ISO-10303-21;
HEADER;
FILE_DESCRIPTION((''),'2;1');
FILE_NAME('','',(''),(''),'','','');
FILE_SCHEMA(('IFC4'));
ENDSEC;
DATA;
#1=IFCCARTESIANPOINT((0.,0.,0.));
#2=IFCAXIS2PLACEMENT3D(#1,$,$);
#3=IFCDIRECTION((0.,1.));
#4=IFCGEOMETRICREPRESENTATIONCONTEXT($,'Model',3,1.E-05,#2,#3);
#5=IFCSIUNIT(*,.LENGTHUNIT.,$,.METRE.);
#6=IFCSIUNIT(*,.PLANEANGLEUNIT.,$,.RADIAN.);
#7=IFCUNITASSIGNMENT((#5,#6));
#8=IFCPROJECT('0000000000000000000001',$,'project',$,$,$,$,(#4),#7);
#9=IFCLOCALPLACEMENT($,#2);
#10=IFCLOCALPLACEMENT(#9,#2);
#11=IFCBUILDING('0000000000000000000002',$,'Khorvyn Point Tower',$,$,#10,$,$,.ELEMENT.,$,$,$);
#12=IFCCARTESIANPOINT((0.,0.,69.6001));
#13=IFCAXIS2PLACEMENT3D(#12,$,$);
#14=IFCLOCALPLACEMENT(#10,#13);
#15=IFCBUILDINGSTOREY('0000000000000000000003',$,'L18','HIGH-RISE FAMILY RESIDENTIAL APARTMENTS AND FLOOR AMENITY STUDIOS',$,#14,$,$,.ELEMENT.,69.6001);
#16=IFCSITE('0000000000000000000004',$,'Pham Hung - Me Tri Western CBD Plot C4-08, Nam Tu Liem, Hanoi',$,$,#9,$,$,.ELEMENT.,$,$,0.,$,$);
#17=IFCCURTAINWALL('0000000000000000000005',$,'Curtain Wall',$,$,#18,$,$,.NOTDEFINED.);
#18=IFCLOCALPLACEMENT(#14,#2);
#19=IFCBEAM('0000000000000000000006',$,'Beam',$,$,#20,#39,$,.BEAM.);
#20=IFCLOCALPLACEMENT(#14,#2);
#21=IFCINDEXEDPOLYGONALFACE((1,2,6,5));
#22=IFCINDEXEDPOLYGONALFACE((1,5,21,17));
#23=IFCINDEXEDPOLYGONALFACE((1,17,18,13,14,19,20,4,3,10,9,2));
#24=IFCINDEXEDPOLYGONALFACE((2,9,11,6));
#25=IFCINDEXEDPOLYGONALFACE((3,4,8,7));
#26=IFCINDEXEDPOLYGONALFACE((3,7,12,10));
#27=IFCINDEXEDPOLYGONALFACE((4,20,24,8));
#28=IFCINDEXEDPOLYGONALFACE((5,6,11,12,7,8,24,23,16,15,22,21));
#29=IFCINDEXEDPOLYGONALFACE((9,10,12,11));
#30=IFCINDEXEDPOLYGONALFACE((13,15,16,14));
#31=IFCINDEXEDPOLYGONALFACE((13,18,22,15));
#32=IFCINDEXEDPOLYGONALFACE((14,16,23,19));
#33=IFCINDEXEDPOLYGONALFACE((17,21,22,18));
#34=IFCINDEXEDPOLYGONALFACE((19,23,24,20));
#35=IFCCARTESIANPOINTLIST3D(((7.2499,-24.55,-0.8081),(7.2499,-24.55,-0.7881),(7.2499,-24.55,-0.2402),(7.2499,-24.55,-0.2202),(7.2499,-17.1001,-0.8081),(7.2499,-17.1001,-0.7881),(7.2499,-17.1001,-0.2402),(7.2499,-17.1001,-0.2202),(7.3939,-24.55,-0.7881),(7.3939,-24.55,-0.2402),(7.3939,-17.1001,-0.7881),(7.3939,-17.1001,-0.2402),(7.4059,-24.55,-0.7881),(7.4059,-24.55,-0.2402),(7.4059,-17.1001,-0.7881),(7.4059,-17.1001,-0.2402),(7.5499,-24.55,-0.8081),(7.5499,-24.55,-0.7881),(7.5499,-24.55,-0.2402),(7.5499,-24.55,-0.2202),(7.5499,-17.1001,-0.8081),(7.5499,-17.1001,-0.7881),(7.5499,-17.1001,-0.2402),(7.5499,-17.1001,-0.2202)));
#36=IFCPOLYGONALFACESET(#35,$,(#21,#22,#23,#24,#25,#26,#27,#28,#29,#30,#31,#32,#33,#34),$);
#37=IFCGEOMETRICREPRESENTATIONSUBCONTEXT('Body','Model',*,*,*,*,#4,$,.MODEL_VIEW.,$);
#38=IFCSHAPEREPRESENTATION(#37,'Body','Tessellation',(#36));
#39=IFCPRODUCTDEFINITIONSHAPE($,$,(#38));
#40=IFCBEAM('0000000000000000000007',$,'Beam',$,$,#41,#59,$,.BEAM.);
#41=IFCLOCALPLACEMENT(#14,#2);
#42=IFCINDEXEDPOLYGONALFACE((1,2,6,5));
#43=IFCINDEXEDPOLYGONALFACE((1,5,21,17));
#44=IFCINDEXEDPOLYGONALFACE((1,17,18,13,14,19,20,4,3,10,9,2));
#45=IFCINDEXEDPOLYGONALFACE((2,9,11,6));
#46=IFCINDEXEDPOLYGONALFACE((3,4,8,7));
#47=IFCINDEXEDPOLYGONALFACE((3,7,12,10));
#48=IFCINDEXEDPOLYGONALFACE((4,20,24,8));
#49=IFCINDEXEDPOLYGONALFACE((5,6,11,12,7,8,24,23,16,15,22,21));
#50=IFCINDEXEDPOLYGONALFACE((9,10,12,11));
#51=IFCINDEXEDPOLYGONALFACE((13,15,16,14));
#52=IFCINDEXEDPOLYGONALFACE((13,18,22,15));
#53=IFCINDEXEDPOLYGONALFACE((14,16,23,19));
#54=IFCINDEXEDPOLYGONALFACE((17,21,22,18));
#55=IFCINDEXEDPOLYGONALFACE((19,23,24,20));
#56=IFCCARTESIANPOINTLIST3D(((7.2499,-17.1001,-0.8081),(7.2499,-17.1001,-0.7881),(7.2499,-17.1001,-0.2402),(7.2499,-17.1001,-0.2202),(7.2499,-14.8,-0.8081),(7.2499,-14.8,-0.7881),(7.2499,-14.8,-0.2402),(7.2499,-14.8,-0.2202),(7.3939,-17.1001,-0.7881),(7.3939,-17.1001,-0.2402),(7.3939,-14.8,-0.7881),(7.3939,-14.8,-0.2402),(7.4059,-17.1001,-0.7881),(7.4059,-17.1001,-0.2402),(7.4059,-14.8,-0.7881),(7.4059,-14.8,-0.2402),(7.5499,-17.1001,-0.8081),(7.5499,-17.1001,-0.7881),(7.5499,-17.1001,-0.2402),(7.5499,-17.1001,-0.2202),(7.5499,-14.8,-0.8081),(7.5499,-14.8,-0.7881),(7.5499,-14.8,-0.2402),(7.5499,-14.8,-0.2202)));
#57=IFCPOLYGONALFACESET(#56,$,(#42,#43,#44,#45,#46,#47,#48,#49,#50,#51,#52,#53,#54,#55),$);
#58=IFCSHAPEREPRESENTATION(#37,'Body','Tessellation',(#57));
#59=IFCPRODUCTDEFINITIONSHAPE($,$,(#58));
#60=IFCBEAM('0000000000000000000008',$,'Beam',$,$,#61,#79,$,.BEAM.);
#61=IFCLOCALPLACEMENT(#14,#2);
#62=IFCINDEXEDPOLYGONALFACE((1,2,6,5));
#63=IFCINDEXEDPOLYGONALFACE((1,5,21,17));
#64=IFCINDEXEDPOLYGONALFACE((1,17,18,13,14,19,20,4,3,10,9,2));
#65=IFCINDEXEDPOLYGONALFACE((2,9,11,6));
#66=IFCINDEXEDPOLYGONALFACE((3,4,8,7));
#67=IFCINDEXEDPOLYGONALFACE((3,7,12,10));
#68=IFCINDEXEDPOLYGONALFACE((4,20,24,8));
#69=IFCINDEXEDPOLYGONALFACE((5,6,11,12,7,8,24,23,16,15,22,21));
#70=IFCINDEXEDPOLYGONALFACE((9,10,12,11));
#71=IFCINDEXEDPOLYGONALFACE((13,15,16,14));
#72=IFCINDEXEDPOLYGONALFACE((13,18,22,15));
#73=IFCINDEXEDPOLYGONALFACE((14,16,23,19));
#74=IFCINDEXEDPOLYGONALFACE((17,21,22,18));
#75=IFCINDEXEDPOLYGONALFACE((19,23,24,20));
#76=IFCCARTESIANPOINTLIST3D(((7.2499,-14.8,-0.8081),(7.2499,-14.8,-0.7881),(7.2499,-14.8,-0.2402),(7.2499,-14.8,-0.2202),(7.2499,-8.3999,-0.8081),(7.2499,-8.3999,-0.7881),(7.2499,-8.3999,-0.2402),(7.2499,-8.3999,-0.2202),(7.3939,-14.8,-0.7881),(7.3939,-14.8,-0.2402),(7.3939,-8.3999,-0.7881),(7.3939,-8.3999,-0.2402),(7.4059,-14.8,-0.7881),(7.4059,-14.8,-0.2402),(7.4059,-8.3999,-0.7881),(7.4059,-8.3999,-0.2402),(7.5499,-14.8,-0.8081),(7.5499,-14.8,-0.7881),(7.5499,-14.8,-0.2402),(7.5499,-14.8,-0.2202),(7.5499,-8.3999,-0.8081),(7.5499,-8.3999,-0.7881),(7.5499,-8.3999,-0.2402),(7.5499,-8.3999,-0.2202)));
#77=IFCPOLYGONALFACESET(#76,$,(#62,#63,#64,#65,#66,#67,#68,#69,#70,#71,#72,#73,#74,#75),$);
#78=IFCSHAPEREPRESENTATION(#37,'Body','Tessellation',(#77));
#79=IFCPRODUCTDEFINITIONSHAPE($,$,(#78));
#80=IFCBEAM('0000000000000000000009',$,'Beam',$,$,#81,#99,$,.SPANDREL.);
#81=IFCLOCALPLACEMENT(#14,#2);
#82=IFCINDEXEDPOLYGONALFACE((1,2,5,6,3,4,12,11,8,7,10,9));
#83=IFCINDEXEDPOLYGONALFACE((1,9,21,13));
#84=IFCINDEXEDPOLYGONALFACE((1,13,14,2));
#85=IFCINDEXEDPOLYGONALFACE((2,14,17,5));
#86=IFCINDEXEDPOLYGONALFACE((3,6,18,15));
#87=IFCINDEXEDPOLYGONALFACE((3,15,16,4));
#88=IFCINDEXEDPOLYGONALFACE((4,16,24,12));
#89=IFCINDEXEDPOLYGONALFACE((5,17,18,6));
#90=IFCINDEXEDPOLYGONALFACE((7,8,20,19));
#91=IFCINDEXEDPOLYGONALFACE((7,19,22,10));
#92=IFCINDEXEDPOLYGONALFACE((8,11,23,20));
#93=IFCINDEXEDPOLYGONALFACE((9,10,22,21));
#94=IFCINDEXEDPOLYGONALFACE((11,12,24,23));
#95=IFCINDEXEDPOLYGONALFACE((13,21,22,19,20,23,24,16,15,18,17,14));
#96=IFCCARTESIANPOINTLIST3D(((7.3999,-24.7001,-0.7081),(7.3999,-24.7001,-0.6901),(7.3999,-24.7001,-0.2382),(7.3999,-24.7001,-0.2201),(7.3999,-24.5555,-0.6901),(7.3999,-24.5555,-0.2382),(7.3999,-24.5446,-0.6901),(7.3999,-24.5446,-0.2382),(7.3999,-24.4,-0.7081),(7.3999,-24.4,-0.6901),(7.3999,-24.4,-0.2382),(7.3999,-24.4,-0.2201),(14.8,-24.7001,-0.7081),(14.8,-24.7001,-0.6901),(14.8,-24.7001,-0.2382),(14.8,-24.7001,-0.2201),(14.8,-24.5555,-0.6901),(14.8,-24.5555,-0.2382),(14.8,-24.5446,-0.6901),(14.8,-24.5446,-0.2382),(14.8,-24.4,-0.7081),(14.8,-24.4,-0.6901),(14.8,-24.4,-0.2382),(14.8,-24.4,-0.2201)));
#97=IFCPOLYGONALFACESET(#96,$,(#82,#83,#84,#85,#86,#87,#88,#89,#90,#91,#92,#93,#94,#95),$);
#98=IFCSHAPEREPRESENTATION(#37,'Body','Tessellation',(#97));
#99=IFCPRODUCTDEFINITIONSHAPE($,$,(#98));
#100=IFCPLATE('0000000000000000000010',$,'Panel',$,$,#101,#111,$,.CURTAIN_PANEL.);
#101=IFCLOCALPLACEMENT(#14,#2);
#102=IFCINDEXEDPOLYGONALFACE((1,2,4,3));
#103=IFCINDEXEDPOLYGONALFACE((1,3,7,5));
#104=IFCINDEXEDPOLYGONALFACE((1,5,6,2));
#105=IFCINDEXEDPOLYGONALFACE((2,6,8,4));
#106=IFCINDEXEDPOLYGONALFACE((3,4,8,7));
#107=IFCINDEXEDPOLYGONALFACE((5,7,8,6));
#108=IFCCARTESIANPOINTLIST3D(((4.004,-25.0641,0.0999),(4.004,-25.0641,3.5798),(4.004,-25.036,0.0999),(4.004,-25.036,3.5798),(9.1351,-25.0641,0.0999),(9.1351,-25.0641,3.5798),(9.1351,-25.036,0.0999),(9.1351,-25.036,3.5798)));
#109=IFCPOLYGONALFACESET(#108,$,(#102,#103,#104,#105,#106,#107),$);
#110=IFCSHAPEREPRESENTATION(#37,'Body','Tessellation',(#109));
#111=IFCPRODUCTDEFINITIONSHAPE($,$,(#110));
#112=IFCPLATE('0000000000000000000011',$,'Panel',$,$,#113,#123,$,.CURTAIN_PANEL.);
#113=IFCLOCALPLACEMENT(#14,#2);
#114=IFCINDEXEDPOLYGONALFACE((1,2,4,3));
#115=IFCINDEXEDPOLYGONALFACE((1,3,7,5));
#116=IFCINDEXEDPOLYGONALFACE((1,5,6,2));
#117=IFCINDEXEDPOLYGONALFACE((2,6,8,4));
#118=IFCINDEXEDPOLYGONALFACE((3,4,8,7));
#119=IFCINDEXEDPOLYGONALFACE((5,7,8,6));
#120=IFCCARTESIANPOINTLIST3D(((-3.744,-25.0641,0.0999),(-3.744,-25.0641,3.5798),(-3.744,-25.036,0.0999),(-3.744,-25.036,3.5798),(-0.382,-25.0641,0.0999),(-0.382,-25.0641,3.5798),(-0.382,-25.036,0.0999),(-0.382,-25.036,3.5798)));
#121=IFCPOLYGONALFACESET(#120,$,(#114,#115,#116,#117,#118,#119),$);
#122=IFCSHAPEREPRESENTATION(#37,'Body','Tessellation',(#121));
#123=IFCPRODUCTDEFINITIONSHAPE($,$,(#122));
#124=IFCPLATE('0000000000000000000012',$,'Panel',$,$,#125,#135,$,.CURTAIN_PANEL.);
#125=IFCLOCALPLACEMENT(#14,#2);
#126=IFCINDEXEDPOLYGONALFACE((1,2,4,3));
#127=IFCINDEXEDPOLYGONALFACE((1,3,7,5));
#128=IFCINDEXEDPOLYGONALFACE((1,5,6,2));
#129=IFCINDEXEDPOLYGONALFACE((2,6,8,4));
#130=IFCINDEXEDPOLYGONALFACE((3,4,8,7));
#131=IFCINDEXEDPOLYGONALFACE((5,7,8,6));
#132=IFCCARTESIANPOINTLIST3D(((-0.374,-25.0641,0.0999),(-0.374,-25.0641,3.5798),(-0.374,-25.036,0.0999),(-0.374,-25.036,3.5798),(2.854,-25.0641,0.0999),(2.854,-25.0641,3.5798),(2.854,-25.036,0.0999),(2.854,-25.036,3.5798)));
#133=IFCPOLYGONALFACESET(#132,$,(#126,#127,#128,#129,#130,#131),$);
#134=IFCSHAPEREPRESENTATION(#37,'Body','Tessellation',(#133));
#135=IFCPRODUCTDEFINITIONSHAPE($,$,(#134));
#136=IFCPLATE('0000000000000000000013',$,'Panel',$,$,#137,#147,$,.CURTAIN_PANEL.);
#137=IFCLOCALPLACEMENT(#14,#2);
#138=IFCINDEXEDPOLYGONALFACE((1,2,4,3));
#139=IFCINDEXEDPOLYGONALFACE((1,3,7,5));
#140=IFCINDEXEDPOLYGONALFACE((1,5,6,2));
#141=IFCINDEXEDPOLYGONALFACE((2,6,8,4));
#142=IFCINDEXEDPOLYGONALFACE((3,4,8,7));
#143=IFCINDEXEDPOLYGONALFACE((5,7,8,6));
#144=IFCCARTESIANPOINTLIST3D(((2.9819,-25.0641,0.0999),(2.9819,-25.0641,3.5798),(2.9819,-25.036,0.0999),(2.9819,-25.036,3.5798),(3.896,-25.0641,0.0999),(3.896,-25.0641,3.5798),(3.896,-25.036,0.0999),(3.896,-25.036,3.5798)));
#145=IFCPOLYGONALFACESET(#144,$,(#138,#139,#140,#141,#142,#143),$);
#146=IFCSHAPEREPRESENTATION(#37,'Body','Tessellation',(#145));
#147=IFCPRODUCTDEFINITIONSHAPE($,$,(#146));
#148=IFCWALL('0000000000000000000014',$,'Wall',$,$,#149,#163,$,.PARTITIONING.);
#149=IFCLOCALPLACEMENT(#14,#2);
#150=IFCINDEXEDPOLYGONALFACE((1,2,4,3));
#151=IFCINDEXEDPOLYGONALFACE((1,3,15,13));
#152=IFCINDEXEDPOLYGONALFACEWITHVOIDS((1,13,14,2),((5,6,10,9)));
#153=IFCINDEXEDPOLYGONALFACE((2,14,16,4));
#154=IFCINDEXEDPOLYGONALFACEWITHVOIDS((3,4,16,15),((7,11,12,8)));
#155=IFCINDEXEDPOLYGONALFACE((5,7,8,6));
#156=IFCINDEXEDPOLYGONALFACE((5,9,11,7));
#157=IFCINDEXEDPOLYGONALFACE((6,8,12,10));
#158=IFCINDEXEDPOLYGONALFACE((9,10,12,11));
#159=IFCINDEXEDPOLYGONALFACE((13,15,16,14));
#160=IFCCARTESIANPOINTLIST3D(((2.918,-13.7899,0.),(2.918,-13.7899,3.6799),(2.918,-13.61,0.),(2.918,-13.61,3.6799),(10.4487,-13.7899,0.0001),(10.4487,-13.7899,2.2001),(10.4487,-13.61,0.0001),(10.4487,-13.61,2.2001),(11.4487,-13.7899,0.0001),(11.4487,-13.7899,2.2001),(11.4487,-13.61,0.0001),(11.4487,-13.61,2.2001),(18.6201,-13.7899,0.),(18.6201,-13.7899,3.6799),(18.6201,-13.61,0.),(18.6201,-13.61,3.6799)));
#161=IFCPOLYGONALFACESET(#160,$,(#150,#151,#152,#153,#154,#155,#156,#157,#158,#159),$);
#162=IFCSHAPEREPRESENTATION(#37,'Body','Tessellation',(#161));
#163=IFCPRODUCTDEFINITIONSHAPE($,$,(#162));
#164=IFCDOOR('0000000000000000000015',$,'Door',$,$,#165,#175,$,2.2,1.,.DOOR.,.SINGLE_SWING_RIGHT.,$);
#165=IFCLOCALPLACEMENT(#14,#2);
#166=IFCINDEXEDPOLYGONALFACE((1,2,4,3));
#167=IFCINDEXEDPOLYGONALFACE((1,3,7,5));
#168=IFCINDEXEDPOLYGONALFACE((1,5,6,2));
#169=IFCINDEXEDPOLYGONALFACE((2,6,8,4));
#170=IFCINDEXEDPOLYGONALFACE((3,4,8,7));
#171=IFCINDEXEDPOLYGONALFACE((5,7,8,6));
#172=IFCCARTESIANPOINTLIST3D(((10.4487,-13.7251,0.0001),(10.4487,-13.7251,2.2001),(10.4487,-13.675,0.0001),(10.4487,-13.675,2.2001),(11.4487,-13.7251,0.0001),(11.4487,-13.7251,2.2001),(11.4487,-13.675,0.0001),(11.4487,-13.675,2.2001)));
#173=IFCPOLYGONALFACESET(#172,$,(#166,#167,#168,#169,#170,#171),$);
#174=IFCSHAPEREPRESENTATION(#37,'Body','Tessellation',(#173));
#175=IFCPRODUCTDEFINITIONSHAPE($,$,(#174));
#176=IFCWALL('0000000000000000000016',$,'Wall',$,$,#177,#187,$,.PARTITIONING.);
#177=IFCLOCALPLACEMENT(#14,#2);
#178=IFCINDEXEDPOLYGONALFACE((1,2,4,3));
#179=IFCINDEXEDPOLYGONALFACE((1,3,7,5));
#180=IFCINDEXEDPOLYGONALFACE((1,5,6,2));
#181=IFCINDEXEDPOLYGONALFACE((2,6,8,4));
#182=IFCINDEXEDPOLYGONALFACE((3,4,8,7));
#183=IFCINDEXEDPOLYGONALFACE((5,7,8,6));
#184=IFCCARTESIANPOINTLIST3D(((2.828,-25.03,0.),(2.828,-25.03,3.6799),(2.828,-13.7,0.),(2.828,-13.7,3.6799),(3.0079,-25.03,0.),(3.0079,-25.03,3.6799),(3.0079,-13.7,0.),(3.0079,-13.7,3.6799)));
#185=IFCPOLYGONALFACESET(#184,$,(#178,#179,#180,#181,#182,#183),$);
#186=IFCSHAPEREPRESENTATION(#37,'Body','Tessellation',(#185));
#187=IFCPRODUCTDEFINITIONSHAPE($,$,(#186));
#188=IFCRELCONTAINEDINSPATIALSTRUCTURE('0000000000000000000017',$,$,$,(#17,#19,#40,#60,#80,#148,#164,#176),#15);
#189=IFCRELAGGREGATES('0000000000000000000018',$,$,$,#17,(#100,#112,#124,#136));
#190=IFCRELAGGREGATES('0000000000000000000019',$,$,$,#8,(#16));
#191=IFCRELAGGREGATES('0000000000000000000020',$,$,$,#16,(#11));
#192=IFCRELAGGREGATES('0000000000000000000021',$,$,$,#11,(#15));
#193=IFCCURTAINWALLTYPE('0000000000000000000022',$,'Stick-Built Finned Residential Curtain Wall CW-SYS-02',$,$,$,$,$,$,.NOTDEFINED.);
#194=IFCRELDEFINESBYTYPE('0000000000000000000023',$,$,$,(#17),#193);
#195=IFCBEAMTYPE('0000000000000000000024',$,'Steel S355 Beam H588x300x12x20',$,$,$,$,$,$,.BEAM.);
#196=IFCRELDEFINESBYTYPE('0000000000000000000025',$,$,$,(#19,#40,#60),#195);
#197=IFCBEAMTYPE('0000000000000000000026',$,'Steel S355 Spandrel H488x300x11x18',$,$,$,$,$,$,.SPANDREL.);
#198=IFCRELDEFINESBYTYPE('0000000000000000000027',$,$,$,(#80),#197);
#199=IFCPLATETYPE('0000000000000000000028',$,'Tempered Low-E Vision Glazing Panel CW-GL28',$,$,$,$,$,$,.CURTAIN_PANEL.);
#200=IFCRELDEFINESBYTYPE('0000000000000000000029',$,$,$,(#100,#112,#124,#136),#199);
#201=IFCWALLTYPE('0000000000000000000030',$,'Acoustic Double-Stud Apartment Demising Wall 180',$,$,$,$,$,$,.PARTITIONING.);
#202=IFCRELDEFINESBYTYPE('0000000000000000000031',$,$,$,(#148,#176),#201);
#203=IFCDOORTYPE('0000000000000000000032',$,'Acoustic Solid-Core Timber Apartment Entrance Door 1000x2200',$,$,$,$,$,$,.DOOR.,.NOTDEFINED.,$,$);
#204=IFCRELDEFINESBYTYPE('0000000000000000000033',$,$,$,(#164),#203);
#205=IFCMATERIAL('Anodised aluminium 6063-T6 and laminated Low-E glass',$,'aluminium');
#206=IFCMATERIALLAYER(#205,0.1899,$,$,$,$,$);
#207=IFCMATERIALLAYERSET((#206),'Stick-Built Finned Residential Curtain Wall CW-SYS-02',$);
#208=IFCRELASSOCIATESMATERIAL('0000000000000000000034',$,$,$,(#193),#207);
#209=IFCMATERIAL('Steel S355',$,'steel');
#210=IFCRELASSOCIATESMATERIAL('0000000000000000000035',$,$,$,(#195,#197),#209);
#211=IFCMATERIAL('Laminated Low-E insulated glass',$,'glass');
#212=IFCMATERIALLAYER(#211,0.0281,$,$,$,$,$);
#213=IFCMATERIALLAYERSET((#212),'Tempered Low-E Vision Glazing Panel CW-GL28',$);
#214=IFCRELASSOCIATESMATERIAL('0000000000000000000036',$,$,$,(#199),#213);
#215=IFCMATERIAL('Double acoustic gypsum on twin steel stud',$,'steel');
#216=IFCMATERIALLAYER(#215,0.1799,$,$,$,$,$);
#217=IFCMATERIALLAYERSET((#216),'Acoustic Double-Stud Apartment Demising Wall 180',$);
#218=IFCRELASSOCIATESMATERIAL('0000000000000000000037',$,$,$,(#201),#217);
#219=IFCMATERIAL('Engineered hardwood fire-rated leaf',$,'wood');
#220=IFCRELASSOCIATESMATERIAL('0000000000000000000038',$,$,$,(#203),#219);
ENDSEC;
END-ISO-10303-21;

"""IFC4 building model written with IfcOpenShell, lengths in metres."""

from ifc_helpers import new_model, si_unit, direction, frame, frame_2d, origin, origin_2d, place, context, subcontext, project, spatial, rectangle, i_section, extrude, material, layer, layer_set, material_profile, profile_set, type_object, element, fill, aggregate, save


model = new_model("IFC4")

# Units and contexts
model_context = context("Model", 3, precision=1e-05, world=origin(), true_north=direction((0.0, 1.0)))
body_context = subcontext(model_context, "Body", "Model", "MODEL_VIEW")
ifc_project = project(units=[si_unit("LENGTHUNIT", "METRE"), si_unit("PLANEANGLEUNIT", "RADIAN")], contexts=[model_context])

# Site, building, storey
site_placement = place(None, origin())
site = spatial("IfcSite", under=ifc_project, at=site_placement, Name="Pham Hung - Me Tri Western CBD Plot C4-08, Nam Tu Liem, Hanoi", CompositionType="ELEMENT", RefElevation=0.0)
building_placement = place(site_placement, origin())
building = spatial("IfcBuilding", under=site, at=building_placement, Name="Khorvyn Point Tower", CompositionType="ELEMENT")
storey_placement = place(building_placement, frame((0.0, 0.0, 69.6001)))
storey = spatial("IfcBuildingStorey", under=building, at=storey_placement, Name="L18", Description="HIGH-RISE FAMILY RESIDENTIAL APARTMENTS AND FLOOR AMENITY STUDIOS", CompositionType="ELEMENT", Elevation=69.6001)

# Curtain wall
ifc_material_1 = material(Name="Anodised aluminium 6063-T6 and laminated Low-E glass", Category="aluminium")
ifc_layer_1 = layer(ifc_material_1, 0.1899)
ifc_layer_set_1 = layer_set([ifc_layer_1], Name="Stick-Built Finned Residential Curtain Wall CW-SYS-02")
curtain_wall_type = type_object("IfcCurtainWallType", Name="Stick-Built Finned Residential Curtain Wall CW-SYS-02", PredefinedType="NOTDEFINED", material=ifc_layer_set_1)
curtain_wall_placement = place(storey_placement, origin())
curtain_wall = element("IfcCurtainWall", 1, at=curtain_wall_placement, inside=storey, type_object=curtain_wall_type, Name="Curtain Wall", PredefinedType="NOTDEFINED")

# Beams
ifc_material_2 = material(Name="Steel S355", Category="steel")
ifc_material_profile_1 = material_profile(ifc_material_2, i_section(OverallWidth=0.3, OverallDepth=0.5879, WebThickness=0.012, FlangeThickness=0.02, at=origin_2d()))
ifc_profile_set_1 = profile_set([ifc_material_profile_1], Name="Steel S355 H588x300x12x20")
beam_type_1 = type_object("IfcBeamType", Name="Steel S355 Beam H588x300x12x20", PredefinedType="BEAM", material=ifc_profile_set_1)
beam_1_placement = place(storey_placement, frame((7.3999, -24.55, -0.5142), z_axis=(0.0, 1.0, 0.0), x_axis=(-1.0, 0.0, 0.0)))
element("IfcBeam", 2, at=beam_1_placement, inside=storey, type_object=beam_type_1, Name="Beam", PredefinedType="BEAM", context=body_context, shape_type="SweptSolid", body=[
    extrude(i_section(OverallWidth=0.3, OverallDepth=0.5879, WebThickness=0.012, FlangeThickness=0.02, at=origin_2d()), origin(), (0.0, 0.0, 1.0), 7.45),
])
beam_2_placement = place(storey_placement, frame((7.3999, -17.1001, -0.5142), z_axis=(0.0, 1.0, 0.0), x_axis=(-1.0, 0.0, 0.0)))
element("IfcBeam", 3, at=beam_2_placement, inside=storey, type_object=beam_type_1, Name="Beam", PredefinedType="BEAM", context=body_context, shape_type="SweptSolid", body=[
    extrude(i_section(OverallWidth=0.3, OverallDepth=0.5879, WebThickness=0.012, FlangeThickness=0.02, at=origin_2d()), origin(), (0.0, 0.0, 1.0), 2.3),
])
beam_3_placement = place(storey_placement, frame((7.3999, -14.8, -0.5142), z_axis=(0.0, 1.0, 0.0), x_axis=(-1.0, 0.0, 0.0)))
element("IfcBeam", 4, at=beam_3_placement, inside=storey, type_object=beam_type_1, Name="Beam", PredefinedType="BEAM", context=body_context, shape_type="SweptSolid", body=[
    extrude(i_section(OverallWidth=0.3, OverallDepth=0.5879, WebThickness=0.012, FlangeThickness=0.02, at=origin_2d()), origin(), (0.0, 0.0, 1.0), 6.4001),
])
ifc_material_profile_2 = material_profile(ifc_material_2, i_section(OverallWidth=0.3, OverallDepth=0.488, WebThickness=0.011, FlangeThickness=0.0181, at=origin_2d()))
ifc_profile_set_2 = profile_set([ifc_material_profile_2], Name="Steel S355 H488x300x11x18")
beam_type_2 = type_object("IfcBeamType", Name="Steel S355 Spandrel H488x300x11x18", PredefinedType="SPANDREL", material=ifc_profile_set_2)
beam_4_placement = place(storey_placement, frame((7.3999, -24.55, -0.4641), z_axis=(1.0, 0.0, 0.0), x_axis=(0.0, 1.0, 0.0)))
element("IfcBeam", 5, at=beam_4_placement, inside=storey, type_object=beam_type_2, Name="Beam", PredefinedType="SPANDREL", context=body_context, shape_type="SweptSolid", body=[
    extrude(i_section(OverallWidth=0.3, OverallDepth=0.488, WebThickness=0.011, FlangeThickness=0.0181, at=origin_2d()), origin(), (0.0, 0.0, 1.0), 7.4001),
])

# Plates
ifc_material_3 = material(Name="Laminated Low-E insulated glass", Category="glass")
ifc_layer_2 = layer(ifc_material_3, 0.0281)
ifc_layer_set_2 = layer_set([ifc_layer_2], Name="Tempered Low-E Vision Glazing Panel CW-GL28")
plate_type = type_object("IfcPlateType", Name="Tempered Low-E Vision Glazing Panel CW-GL28", PredefinedType="CURTAIN_PANEL", material=ifc_layer_set_2)
plate_1_placement = place(storey_placement, frame((6.5696, -25.05, 0.0999), z_axis=(0.0, 0.0, 1.0), x_axis=(-1.0, 0.0, 0.0)))
plate_1 = element("IfcPlate", 6, at=plate_1_placement, type_object=plate_type, Name="Panel", PredefinedType="CURTAIN_PANEL", context=body_context, shape_type="SweptSolid", body=[
    extrude(rectangle(XDim=5.1311, YDim=0.0281, at=origin_2d()), origin(), (0.0, 0.0, 1.0), 3.48),
])
plate_2_placement = place(storey_placement, frame((-2.063, -25.05, 0.0999), z_axis=(0.0, 0.0, 1.0), x_axis=(-1.0, 0.0, 0.0)))
plate_2 = element("IfcPlate", 7, at=plate_2_placement, type_object=plate_type, Name="Panel", PredefinedType="CURTAIN_PANEL", context=body_context, shape_type="SweptSolid", body=[
    extrude(rectangle(XDim=3.3621, YDim=0.0281, at=origin_2d()), origin(), (0.0, 0.0, 1.0), 3.48),
])
plate_3_placement = place(storey_placement, frame((1.24, -25.05, 0.0999), z_axis=(0.0, 0.0, 1.0), x_axis=(-1.0, 0.0, 0.0)))
plate_3 = element("IfcPlate", 8, at=plate_3_placement, type_object=plate_type, Name="Panel", PredefinedType="CURTAIN_PANEL", context=body_context, shape_type="SweptSolid", body=[
    extrude(rectangle(XDim=3.228, YDim=0.0281, at=origin_2d()), origin(), (0.0, 0.0, 1.0), 3.48),
])
plate_4_placement = place(storey_placement, frame((3.439, -25.05, 0.0999), z_axis=(0.0, 0.0, 1.0), x_axis=(-1.0, 0.0, 0.0)))
plate_4 = element("IfcPlate", 9, at=plate_4_placement, type_object=plate_type, Name="Panel", PredefinedType="CURTAIN_PANEL", context=body_context, shape_type="SweptSolid", body=[
    extrude(rectangle(XDim=0.9141, YDim=0.0281, at=origin_2d()), origin(), (0.0, 0.0, 1.0), 3.48),
])
aggregate(curtain_wall, [plate_1, plate_2, plate_3, plate_4])

# Wall, opening, door
ifc_material_4 = material(Name="Double acoustic gypsum on twin steel stud", Category="steel")
ifc_layer_3 = layer(ifc_material_4, 0.1799)
ifc_layer_set_3 = layer_set([ifc_layer_3], Name="Acoustic Double-Stud Apartment Demising Wall 180")
wall_type_1 = type_object("IfcWallType", Name="Acoustic Double-Stud Apartment Demising Wall 180", PredefinedType="PARTITIONING", material=ifc_layer_set_3)
wall_1_placement = place(storey_placement, frame((2.918, -13.7, 0.0), z_axis=(0.0, 0.0, 1.0), x_axis=(1.0, 0.0, 0.0)))
wall_1 = element("IfcWall", 10, at=wall_1_placement, inside=storey, type_object=wall_type_1, Name="Wall", PredefinedType="PARTITIONING", context=body_context, shape_type="SweptSolid", body=[
    extrude(rectangle(XDim=15.7021, YDim=0.1799, at=frame_2d((7.8511, 0.0))), origin(), (0.0, 0.0, 1.0), 3.6799),
])
opening_1_placement = place(wall_1_placement, frame((7.5308, 0.0, 0.0)))
opening_1 = element("IfcOpeningElement", 11, at=opening_1_placement, cuts=wall_1, PredefinedType="OPENING", context=body_context, shape_type="SweptSolid", body=[
    extrude(rectangle(XDim=1.0, YDim=2.2, at=frame_2d((0.5, 1.1001))), frame((0.0, 0.0999, 0.0), z_axis=(0.0, -1.0, 0.0), x_axis=(1.0, 0.0, 0.0)), (0.0, 0.0, 1.0), 0.2),
])
ifc_material_5 = material(Name="Engineered hardwood fire-rated leaf", Category="wood")
door_type_1 = type_object("IfcDoorType", Name="Acoustic Solid-Core Timber Apartment Entrance Door 1000x2200", OperationType="NOTDEFINED", PredefinedType="DOOR", material=ifc_material_5)
door_1_placement = place(opening_1_placement, origin())
door_1 = element("IfcDoor", 12, at=door_1_placement, inside=storey, type_object=door_type_1, Name="Door", OperationType="SINGLE_SWING_RIGHT", OverallHeight=2.2, OverallWidth=1.0, PredefinedType="DOOR", context=body_context, shape_type="SweptSolid", body=[
    extrude(rectangle(XDim=1.0, YDim=2.2, at=frame_2d((0.5, 1.1001))), frame((0.0, 0.0249, 0.0), z_axis=(0.0, -1.0, 0.0), x_axis=(1.0, 0.0, 0.0)), (0.0, 0.0, 1.0), 0.05),
])
fill(opening_1, door_1)

# Wall
wall_2_placement = place(storey_placement, frame((2.918, -25.03, 0.0), z_axis=(0.0, 0.0, 1.0), x_axis=(0.0, 1.0, 0.0)))
element("IfcWall", 13, at=wall_2_placement, inside=storey, type_object=wall_type_1, Name="Wall", PredefinedType="PARTITIONING", context=body_context, shape_type="SweptSolid", body=[
    extrude(rectangle(XDim=11.3301, YDim=0.1799, at=frame_2d((5.665, 0.0))), origin(), (0.0, 0.0, 1.0), 3.6799),
])

save(model, "model.ifc")
